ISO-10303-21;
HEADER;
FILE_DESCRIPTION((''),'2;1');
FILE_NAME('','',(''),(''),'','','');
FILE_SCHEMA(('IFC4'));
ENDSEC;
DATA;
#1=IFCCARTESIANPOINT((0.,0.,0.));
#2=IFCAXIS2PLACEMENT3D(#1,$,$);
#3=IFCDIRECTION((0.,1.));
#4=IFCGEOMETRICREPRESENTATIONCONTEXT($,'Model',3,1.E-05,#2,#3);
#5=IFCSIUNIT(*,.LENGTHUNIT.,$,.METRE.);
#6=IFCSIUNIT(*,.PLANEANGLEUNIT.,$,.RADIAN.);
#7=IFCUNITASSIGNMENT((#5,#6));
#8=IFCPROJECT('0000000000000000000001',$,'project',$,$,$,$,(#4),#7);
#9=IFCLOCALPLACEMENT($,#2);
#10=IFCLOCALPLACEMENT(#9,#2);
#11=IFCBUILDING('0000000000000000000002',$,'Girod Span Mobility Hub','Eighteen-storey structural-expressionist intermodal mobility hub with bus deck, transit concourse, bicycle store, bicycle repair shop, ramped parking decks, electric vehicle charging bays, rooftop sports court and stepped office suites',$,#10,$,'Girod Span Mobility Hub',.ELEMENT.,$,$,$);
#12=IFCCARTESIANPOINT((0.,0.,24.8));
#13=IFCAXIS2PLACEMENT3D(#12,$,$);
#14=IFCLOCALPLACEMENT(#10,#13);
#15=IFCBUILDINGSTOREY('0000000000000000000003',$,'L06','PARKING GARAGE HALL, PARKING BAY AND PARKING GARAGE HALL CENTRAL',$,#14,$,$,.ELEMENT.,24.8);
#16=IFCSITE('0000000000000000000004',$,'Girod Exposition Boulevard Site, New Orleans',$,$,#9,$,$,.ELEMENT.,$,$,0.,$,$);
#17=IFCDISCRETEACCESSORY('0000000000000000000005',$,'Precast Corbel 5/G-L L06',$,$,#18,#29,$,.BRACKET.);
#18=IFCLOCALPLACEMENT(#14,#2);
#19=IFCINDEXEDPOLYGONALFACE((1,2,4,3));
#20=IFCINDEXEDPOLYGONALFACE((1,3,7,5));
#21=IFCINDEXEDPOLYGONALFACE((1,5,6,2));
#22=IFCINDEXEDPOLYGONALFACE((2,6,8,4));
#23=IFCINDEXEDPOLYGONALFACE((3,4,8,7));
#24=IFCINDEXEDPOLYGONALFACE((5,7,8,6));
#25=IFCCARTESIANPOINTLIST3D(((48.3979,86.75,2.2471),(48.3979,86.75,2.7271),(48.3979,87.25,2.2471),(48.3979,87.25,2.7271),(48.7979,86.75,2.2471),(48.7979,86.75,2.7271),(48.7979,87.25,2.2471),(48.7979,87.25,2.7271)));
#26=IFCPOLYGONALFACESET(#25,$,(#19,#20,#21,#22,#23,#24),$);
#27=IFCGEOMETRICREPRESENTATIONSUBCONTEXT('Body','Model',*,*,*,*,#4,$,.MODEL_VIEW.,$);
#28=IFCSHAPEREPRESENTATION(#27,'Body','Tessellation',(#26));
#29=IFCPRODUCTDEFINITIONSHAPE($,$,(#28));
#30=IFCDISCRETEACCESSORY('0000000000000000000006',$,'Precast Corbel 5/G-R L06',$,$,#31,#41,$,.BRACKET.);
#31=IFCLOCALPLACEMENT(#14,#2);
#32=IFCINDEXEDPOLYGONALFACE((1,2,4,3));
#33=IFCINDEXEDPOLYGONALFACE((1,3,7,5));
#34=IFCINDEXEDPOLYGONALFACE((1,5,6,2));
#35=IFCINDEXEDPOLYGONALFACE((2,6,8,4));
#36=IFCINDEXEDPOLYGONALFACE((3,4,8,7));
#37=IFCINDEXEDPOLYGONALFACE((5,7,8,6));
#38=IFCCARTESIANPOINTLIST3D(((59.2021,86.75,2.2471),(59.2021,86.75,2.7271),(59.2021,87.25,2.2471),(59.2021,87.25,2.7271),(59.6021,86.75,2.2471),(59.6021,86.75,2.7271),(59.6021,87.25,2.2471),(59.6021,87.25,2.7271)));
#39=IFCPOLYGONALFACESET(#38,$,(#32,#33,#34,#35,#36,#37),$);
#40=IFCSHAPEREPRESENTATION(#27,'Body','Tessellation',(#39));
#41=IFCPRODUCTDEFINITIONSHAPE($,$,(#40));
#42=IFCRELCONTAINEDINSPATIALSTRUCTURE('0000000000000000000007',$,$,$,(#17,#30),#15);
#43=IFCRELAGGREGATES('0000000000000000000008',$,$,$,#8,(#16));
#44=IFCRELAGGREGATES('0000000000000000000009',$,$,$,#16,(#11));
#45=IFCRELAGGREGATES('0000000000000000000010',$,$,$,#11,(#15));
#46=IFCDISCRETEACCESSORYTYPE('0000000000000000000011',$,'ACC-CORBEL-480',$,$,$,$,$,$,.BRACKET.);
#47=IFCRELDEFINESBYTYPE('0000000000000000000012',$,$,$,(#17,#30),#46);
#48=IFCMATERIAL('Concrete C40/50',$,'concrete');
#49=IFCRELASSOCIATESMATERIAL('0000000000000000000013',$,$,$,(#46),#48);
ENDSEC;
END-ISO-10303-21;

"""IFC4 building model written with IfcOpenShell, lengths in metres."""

from ifc_helpers import new_model, si_unit, direction, frame, origin, origin_2d, place, context, subcontext, project, spatial, rectangle, extrude, material, type_object, element, save


model = new_model("IFC4")

# Units and contexts
model_context = context("Model", 3, precision=1e-05, world=origin(), true_north=direction((0.0, 1.0)))
body_context = subcontext(model_context, "Body", "Model", "MODEL_VIEW")
ifc_project = project(units=[si_unit("LENGTHUNIT", "METRE"), si_unit("PLANEANGLEUNIT", "RADIAN")], contexts=[model_context])

# Site, building, storey
site_placement = place(None, origin())
site = spatial("IfcSite", under=ifc_project, at=site_placement, Name="Girod Exposition Boulevard Site, New Orleans", CompositionType="ELEMENT", RefElevation=0.0)
building_placement = place(site_placement, origin())
building = spatial("IfcBuilding", under=site, at=building_placement, Name="Girod Span Mobility Hub", Description="Eighteen-storey structural-expressionist intermodal mobility hub with bus deck, transit concourse, bicycle store, bicycle repair shop, ramped parking decks, electric vehicle charging bays, rooftop sports court and stepped office suites", LongName="Girod Span Mobility Hub", CompositionType="ELEMENT")
storey_placement = place(building_placement, frame((0.0, 0.0, 24.8)))
storey = spatial("IfcBuildingStorey", under=building, at=storey_placement, Name="L06", Description="PARKING GARAGE HALL, PARKING BAY AND PARKING GARAGE HALL CENTRAL", CompositionType="ELEMENT", Elevation=24.8)

# Discrete accessories
ifc_material_1 = material(Name="Concrete C40/50", Category="concrete")
discrete_accessory_type = type_object("IfcDiscreteAccessoryType", Name="ACC-CORBEL-480", PredefinedType="BRACKET", material=ifc_material_1)
for number, where, z_axis, x_axis, name in (
    (1, (48.5979, 87.0, 2.2471), (0.0, 0.0, 1.0), (1.0, 0.0, 0.0), "Precast Corbel 5/G-L L06"),
    (2, (59.4021, 87.0, 2.2471), (0.0, 0.0, 1.0), (1.0, 0.0, 0.0), "Precast Corbel 5/G-R L06"),
):
    element("IfcDiscreteAccessory", number, at=place(storey_placement, frame(where, z_axis=z_axis, x_axis=x_axis)), inside=storey, type_object=discrete_accessory_type, Name=name, PredefinedType="BRACKET", context=body_context, shape_type="SweptSolid", body=[
        extrude(rectangle(XDim=0.3999, YDim=0.5, at=origin_2d()), origin(), (0.0, 0.0, 1.0), 0.48),
    ])

save(model, "model.ifc")
